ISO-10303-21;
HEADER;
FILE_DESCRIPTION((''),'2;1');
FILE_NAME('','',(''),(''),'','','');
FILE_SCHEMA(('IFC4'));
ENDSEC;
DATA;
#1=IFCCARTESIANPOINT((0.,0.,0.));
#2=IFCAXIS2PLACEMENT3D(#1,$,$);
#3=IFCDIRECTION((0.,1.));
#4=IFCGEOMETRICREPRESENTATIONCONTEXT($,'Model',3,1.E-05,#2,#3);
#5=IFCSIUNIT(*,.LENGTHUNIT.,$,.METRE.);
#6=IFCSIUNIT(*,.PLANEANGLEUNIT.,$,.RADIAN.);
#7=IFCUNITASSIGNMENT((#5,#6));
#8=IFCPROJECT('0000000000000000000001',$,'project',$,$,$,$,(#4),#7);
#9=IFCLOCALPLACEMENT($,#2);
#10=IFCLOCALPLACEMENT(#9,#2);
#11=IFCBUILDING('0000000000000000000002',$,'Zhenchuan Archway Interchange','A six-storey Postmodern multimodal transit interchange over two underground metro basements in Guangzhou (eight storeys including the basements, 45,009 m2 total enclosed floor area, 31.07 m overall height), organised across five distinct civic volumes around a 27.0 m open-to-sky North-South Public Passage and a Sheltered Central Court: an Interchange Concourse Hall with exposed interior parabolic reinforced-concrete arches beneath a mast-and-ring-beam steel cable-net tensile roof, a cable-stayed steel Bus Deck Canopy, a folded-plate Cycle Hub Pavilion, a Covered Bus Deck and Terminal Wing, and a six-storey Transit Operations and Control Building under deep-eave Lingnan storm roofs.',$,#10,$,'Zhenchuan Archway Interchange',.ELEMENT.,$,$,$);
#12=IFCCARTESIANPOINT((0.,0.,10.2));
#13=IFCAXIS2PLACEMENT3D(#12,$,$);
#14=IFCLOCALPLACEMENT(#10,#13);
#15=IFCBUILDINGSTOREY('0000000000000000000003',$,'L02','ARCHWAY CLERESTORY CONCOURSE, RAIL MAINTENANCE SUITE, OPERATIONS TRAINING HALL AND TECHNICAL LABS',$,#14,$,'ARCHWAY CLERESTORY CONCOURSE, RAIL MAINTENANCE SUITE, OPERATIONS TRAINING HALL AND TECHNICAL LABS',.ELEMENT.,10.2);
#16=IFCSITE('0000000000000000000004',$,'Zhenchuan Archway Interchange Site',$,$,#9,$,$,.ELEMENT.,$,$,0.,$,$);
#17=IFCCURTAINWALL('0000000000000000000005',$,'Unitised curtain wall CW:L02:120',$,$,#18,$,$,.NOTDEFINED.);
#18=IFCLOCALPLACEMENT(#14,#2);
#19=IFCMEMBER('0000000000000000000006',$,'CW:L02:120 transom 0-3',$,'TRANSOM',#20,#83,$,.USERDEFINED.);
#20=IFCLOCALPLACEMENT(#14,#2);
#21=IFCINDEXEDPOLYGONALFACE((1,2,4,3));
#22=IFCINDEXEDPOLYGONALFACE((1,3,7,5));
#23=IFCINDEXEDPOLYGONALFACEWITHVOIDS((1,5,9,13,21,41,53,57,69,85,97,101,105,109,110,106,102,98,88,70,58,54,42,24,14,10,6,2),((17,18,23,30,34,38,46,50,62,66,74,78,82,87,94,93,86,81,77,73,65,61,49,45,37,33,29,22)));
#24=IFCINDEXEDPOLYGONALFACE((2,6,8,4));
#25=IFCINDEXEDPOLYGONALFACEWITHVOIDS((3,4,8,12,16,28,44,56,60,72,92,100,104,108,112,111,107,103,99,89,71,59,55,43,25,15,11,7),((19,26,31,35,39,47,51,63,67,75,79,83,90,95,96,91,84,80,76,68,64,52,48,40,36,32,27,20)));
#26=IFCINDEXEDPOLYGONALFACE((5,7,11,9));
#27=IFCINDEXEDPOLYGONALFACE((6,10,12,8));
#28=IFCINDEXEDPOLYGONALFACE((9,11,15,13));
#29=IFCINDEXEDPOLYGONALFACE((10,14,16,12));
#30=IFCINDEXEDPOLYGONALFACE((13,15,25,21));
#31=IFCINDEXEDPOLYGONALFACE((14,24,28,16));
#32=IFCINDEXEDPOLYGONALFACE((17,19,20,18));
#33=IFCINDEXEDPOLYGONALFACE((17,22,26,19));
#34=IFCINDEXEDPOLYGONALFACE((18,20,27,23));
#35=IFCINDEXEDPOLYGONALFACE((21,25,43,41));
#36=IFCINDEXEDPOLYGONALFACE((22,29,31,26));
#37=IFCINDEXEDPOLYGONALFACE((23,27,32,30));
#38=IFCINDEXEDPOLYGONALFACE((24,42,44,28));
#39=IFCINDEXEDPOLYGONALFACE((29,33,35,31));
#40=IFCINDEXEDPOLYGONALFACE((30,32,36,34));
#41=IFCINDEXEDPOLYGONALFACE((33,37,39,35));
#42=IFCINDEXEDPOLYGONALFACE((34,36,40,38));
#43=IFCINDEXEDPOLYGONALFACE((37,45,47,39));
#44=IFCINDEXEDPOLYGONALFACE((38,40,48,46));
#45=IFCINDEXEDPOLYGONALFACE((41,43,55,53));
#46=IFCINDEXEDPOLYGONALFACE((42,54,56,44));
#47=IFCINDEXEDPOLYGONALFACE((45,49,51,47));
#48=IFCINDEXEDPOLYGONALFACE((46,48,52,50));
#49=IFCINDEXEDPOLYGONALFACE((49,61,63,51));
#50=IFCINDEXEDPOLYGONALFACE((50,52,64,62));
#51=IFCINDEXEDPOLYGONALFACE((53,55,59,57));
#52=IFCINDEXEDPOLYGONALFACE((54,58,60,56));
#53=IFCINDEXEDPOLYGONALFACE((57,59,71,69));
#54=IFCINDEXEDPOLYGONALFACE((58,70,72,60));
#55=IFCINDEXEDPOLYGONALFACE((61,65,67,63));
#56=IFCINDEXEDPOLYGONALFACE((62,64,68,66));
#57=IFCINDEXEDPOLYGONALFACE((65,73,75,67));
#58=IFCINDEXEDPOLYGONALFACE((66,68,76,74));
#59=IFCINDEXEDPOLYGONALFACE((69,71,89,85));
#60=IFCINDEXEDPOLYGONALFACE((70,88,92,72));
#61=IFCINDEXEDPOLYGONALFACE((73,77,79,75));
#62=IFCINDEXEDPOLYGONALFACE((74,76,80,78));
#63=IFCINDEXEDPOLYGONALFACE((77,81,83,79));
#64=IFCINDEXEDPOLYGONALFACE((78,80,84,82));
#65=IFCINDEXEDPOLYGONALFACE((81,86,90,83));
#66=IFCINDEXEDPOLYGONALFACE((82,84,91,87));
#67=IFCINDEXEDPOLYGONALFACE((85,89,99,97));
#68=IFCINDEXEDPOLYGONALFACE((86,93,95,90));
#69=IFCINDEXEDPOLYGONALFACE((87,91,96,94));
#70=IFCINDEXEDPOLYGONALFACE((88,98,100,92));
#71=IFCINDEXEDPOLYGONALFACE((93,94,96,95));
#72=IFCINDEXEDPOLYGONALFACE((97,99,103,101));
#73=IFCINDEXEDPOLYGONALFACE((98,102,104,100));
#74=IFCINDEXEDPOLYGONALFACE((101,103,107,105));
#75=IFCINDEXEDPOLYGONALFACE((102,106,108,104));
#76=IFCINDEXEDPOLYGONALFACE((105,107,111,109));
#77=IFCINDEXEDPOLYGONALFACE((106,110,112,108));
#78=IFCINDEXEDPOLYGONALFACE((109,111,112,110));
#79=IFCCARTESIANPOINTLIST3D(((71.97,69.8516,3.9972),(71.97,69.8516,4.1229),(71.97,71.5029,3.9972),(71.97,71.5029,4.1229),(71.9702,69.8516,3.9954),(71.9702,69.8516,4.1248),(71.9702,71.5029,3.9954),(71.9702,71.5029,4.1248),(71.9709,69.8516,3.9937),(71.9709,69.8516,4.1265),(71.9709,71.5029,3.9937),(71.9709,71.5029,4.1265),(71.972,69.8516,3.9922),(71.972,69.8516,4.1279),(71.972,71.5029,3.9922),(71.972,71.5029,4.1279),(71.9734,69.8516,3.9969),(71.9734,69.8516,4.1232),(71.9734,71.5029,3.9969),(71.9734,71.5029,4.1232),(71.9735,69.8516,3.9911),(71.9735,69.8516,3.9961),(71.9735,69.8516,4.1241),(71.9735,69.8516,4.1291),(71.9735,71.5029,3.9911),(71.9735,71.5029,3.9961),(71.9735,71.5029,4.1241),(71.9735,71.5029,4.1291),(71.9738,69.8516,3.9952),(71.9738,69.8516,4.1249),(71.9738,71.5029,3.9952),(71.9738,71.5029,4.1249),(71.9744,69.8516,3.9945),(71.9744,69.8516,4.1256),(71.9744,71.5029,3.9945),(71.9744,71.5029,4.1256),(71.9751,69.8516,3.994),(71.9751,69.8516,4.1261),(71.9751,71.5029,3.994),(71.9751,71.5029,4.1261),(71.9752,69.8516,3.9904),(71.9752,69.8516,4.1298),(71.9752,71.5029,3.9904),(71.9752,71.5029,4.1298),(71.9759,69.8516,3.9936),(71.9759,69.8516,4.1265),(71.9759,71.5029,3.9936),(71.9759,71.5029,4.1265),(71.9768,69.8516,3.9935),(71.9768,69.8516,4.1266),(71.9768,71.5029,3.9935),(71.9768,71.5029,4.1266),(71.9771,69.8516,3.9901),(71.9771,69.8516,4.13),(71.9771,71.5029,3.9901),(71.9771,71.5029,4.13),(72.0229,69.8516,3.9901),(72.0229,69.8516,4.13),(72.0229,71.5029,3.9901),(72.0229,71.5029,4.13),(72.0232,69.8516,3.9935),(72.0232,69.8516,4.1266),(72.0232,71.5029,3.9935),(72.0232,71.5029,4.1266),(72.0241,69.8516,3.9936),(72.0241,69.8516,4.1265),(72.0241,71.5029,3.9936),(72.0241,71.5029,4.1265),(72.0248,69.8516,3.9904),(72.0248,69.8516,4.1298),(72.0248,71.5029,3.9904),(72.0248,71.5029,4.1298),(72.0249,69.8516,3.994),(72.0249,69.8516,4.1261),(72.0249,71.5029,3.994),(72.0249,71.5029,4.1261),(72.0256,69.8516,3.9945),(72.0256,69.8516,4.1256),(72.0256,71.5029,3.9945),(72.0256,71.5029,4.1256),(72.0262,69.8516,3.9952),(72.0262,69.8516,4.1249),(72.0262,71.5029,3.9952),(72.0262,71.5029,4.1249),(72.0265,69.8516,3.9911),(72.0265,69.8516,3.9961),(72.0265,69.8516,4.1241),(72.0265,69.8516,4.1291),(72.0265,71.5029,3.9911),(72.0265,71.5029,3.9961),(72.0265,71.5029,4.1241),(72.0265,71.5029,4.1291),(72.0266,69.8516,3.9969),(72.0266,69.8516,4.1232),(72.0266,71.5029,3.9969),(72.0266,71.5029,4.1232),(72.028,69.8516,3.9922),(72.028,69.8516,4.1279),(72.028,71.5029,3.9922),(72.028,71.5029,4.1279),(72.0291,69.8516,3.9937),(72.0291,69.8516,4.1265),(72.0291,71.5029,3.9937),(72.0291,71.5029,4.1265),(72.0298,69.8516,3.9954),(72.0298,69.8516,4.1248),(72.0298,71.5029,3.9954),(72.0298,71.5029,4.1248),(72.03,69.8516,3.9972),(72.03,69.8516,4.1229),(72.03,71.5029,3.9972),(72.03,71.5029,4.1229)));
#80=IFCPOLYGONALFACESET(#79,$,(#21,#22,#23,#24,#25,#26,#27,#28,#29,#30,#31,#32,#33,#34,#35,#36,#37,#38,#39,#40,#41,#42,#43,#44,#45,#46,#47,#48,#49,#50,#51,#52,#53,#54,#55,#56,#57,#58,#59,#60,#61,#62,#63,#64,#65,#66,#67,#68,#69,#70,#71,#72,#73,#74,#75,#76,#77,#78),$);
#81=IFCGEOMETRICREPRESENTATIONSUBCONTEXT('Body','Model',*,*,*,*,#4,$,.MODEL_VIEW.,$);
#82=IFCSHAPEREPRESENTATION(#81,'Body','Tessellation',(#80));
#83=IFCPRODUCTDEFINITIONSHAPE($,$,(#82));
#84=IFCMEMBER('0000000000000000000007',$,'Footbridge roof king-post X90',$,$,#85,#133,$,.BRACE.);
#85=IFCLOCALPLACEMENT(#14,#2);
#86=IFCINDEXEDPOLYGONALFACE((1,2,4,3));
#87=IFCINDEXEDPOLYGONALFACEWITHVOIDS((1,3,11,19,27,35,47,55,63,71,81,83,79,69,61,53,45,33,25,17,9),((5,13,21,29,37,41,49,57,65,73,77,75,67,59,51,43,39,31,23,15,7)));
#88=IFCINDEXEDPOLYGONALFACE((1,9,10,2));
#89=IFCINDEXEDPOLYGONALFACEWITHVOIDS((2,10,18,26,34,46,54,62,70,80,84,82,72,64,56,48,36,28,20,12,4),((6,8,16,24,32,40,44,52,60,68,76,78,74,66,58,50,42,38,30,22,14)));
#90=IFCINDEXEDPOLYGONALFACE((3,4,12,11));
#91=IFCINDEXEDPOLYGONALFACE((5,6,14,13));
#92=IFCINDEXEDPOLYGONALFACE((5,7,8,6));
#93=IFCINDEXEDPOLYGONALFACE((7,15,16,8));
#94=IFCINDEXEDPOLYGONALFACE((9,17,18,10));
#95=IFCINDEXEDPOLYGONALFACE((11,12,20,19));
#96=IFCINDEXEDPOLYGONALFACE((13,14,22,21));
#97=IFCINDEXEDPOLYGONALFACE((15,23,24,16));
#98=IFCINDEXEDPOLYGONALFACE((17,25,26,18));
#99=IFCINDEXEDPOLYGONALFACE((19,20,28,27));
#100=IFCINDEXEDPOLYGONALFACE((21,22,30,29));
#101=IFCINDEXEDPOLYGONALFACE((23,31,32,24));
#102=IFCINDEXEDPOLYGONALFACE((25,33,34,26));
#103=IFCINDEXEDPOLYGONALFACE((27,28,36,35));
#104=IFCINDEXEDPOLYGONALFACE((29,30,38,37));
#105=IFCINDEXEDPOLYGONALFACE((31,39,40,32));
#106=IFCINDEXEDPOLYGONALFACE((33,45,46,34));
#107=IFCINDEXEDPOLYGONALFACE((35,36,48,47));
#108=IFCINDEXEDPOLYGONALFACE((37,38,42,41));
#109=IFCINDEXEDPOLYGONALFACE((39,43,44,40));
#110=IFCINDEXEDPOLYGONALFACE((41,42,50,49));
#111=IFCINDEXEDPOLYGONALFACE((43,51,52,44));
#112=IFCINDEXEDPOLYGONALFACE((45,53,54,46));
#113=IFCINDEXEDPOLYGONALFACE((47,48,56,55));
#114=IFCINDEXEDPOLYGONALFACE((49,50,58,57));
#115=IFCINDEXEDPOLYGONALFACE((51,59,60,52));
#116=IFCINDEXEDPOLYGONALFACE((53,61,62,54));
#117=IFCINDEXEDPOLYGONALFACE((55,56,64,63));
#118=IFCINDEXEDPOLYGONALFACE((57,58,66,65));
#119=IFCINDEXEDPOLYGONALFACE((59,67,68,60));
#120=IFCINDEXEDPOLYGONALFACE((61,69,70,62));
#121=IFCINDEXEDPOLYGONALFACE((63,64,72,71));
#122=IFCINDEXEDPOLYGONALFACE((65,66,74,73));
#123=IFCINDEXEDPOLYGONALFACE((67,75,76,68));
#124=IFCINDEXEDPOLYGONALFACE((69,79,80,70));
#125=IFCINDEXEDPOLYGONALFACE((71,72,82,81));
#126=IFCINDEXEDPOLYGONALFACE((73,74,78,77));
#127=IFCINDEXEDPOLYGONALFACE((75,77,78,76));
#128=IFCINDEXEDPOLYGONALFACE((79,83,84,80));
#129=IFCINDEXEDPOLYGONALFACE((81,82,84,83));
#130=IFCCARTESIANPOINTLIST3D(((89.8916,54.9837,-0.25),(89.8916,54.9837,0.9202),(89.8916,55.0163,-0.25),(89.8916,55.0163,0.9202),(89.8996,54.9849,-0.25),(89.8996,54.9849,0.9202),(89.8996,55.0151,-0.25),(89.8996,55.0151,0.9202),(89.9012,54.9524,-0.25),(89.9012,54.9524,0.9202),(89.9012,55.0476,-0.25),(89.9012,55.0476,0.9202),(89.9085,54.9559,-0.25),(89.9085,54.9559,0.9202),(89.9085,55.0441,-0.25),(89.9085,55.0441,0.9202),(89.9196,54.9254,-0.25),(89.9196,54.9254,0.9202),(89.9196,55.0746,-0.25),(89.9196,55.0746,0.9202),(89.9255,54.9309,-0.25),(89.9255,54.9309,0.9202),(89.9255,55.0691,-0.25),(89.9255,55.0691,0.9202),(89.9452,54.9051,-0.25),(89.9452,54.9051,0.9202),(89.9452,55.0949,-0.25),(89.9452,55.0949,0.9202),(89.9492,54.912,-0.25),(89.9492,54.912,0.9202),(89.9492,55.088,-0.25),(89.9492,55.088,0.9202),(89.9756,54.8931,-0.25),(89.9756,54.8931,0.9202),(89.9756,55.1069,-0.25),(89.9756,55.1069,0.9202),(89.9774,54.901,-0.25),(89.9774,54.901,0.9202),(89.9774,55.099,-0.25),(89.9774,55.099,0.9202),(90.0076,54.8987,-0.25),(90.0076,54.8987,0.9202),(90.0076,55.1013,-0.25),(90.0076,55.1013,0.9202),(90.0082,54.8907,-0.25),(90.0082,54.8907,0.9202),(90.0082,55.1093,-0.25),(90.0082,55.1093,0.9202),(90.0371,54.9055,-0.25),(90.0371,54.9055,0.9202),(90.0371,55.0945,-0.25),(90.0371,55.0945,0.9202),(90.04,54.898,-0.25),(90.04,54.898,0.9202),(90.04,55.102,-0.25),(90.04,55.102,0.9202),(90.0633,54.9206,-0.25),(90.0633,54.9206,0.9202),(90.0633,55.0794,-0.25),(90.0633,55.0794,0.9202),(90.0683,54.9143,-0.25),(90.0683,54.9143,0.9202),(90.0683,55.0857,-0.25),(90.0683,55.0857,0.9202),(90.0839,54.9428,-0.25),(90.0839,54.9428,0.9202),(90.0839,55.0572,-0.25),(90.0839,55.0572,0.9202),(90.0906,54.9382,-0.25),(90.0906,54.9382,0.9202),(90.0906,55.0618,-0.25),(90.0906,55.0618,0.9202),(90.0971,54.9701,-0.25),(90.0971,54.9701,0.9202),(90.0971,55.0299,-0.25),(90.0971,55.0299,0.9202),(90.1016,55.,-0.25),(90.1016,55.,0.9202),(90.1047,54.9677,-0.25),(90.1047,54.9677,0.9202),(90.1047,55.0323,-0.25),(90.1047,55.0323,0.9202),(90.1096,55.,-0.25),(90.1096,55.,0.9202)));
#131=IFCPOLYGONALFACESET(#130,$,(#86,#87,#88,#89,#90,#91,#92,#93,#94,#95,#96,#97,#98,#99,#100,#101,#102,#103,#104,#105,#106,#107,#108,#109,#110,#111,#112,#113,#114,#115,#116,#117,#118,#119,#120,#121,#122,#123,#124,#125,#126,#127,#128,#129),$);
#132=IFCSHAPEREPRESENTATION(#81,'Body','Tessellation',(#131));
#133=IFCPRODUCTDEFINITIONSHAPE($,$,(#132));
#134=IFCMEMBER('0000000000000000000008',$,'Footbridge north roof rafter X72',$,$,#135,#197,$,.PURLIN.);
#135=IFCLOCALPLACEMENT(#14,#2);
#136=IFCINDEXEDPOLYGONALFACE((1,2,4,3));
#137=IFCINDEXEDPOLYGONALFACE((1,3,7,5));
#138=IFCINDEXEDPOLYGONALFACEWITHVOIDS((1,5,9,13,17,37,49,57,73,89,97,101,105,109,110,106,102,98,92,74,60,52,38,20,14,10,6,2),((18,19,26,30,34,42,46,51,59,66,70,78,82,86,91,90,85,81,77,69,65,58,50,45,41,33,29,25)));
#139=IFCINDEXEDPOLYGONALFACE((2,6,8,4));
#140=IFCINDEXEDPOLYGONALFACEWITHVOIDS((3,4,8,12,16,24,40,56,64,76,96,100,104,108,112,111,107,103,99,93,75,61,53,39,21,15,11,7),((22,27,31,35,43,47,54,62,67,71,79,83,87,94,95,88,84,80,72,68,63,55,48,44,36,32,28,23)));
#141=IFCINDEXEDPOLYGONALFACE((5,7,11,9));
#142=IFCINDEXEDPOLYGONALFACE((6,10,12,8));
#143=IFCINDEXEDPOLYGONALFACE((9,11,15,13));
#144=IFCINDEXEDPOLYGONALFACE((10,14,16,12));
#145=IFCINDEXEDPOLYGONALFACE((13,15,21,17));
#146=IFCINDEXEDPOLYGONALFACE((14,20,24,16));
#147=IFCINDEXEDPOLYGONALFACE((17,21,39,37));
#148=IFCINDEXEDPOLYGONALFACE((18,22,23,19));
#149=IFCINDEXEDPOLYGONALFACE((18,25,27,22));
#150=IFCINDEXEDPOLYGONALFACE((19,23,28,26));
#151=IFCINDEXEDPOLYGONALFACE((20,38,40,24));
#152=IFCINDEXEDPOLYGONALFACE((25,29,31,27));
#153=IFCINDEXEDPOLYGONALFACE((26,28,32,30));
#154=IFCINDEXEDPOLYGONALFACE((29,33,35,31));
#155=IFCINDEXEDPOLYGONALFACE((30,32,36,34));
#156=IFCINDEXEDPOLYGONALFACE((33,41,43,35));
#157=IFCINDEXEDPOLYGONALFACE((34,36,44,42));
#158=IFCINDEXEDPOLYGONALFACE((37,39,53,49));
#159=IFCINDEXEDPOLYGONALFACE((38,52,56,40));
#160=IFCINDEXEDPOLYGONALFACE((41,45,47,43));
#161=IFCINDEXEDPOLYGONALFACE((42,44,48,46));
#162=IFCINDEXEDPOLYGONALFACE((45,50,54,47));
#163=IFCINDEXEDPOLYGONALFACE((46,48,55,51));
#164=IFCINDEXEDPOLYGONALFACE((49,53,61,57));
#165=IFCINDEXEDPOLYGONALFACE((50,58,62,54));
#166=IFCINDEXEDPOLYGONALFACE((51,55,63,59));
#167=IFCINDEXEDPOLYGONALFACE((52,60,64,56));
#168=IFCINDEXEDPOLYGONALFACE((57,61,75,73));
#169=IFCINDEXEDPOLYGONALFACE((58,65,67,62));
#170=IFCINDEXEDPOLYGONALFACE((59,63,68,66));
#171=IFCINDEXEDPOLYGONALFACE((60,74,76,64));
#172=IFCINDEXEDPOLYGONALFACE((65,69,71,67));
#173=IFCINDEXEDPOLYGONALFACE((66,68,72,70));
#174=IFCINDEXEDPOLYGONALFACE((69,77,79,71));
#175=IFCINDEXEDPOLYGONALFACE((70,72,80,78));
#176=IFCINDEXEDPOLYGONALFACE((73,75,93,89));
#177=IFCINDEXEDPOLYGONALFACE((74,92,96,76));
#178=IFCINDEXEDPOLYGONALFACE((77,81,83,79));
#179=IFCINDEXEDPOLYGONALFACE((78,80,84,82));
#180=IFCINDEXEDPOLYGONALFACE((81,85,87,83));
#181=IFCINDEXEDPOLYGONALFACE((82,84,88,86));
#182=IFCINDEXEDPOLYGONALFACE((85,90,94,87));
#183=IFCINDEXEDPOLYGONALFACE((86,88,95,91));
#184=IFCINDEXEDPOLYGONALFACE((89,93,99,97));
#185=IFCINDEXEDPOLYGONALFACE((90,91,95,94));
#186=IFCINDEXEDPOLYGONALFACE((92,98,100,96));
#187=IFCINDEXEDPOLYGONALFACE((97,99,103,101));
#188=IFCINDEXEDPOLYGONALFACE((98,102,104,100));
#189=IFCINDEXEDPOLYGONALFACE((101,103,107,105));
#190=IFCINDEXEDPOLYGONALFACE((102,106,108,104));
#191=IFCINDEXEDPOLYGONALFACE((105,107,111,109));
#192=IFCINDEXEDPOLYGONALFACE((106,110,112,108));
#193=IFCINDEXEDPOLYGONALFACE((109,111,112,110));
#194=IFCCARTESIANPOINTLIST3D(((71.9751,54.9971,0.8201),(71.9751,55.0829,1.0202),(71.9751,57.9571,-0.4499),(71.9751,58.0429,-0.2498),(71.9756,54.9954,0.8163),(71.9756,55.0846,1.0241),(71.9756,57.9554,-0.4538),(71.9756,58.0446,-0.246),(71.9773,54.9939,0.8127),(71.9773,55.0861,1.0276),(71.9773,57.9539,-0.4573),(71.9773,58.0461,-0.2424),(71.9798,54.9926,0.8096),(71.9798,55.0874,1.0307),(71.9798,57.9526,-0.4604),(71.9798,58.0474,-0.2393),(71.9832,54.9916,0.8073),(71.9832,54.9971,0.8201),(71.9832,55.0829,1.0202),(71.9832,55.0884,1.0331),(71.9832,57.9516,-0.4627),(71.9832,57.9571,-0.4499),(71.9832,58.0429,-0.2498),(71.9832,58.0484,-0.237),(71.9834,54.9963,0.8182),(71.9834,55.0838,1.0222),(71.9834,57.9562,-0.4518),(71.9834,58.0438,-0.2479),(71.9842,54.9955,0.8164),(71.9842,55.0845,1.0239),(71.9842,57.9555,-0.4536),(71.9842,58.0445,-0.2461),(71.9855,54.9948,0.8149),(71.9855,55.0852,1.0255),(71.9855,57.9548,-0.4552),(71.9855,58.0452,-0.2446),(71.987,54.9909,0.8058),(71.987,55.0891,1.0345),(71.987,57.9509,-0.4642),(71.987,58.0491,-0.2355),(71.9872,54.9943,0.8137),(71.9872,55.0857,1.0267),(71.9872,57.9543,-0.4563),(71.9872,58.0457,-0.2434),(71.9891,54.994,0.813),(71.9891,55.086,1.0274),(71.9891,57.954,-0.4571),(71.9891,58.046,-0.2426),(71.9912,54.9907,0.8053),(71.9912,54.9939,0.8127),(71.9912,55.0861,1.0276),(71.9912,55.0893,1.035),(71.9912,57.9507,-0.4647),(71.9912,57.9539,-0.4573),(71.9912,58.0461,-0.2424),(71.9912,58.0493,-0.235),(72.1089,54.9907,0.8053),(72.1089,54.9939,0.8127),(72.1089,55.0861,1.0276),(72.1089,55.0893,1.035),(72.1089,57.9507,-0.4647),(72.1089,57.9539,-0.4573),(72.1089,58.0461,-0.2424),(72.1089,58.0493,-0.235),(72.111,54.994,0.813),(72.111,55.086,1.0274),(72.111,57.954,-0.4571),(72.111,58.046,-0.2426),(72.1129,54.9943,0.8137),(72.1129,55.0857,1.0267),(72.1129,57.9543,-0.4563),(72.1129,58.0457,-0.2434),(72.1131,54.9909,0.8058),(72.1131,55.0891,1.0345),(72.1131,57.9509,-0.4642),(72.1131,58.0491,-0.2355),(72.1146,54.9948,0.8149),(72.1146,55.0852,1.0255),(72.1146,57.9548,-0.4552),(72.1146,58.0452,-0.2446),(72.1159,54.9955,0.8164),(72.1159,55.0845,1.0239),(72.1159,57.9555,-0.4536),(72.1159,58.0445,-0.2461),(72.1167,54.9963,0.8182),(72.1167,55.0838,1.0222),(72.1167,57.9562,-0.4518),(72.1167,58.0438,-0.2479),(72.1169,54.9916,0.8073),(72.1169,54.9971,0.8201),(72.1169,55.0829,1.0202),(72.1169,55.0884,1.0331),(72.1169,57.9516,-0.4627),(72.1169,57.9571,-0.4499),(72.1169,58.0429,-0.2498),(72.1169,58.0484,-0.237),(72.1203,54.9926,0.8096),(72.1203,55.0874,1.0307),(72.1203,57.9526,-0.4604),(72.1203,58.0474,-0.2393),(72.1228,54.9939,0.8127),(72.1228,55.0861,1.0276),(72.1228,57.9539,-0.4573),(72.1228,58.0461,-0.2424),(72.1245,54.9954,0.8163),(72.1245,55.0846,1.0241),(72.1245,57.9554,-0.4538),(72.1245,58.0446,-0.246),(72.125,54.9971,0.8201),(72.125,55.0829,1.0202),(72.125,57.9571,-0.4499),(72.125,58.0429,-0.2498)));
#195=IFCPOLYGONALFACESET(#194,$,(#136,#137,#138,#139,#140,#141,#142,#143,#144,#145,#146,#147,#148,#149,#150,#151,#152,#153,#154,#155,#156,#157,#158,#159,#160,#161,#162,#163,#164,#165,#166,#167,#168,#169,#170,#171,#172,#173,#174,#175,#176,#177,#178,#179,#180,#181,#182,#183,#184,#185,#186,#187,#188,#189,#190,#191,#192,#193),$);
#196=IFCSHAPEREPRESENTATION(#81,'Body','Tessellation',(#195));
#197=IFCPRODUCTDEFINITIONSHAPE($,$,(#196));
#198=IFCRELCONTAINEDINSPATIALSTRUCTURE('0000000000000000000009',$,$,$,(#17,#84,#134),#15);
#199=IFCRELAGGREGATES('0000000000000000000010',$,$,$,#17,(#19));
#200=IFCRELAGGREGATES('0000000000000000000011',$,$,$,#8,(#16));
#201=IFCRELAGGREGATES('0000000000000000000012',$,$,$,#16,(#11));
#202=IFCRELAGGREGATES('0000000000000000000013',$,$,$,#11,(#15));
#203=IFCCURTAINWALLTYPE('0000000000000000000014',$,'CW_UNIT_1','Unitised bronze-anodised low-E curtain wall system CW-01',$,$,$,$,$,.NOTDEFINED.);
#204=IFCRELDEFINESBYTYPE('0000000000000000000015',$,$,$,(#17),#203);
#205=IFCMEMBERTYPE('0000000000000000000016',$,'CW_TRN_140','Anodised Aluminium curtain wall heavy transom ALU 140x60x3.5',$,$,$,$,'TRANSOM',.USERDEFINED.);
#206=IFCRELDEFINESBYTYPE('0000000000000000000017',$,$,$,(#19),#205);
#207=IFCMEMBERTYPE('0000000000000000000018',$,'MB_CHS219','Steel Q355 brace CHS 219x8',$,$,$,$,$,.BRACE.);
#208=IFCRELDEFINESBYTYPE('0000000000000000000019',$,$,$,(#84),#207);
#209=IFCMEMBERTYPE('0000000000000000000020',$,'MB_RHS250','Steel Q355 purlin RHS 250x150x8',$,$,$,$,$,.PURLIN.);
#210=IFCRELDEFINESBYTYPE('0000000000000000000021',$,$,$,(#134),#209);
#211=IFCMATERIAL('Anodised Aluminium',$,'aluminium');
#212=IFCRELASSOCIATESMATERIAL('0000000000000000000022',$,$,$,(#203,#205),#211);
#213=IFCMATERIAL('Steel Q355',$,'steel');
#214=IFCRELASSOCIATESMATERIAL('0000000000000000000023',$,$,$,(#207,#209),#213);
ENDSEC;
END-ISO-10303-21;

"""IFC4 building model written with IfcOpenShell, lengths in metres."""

from ifc_helpers import new_model, si_unit, direction, frame, origin, origin_2d, place, context, subcontext, project, spatial, hollow_rectangle, hollow_circle, extrude, material, material_profile, profile_set, type_object, element, aggregate, save


model = new_model("IFC4")

# Units and contexts
model_context = context("Model", 3, precision=1e-05, world=origin(), true_north=direction((0.0, 1.0)))
body_context = subcontext(model_context, "Body", "Model", "MODEL_VIEW")
ifc_project = project(units=[si_unit("LENGTHUNIT", "METRE"), si_unit("PLANEANGLEUNIT", "RADIAN")], contexts=[model_context])

# Site, building, storey
site_placement = place(None, origin())
site = spatial("IfcSite", under=ifc_project, at=site_placement, Name="Zhenchuan Archway Interchange Site", CompositionType="ELEMENT", RefElevation=0.0)
building_placement = place(site_placement, origin())
building = spatial("IfcBuilding", under=site, at=building_placement, Name="Zhenchuan Archway Interchange", Description="A six-storey Postmodern multimodal transit interchange over two underground metro basements in Guangzhou (eight storeys including the basements, 45,009 m2 total enclosed floor area, 31.07 m overall height), organised across five distinct civic volumes around a 27.0 m open-to-sky North-South Public Passage and a Sheltered Central Court: an Interchange Concourse Hall with exposed interior parabolic reinforced-concrete arches beneath a mast-and-ring-beam steel cable-net tensile roof, a cable-stayed steel Bus Deck Canopy, a folded-plate Cycle Hub Pavilion, a Covered Bus Deck and Terminal Wing, and a six-storey Transit Operations and Control Building under deep-eave Lingnan storm roofs.", LongName="Zhenchuan Archway Interchange", CompositionType="ELEMENT")
storey_placement = place(building_placement, frame((0.0, 0.0, 10.2)))
storey = spatial("IfcBuildingStorey", under=building, at=storey_placement, Name="L02", Description="ARCHWAY CLERESTORY CONCOURSE, RAIL MAINTENANCE SUITE, OPERATIONS TRAINING HALL AND TECHNICAL LABS", LongName="ARCHWAY CLERESTORY CONCOURSE, RAIL MAINTENANCE SUITE, OPERATIONS TRAINING HALL AND TECHNICAL LABS", CompositionType="ELEMENT", Elevation=10.2)

# Shared definitions
ifc_material_1 = material(Name="Steel Q355", Category="steel")

# Curtain wall, member
ifc_material_2 = material(Name="Anodised Aluminium", Category="aluminium")
curtain_wall_type = type_object("IfcCurtainWallType", Name="CW_UNIT_1", Description="Unitised bronze-anodised low-E curtain wall system CW-01", PredefinedType="NOTDEFINED", material=ifc_material_2)
curtain_wall_placement = place(storey_placement, origin())
curtain_wall = element("IfcCurtainWall", 1, at=curtain_wall_placement, inside=storey, type_object=curtain_wall_type, Name="Unitised curtain wall CW:L02:120", PredefinedType="NOTDEFINED")
ifc_material_profile_1 = material_profile(ifc_material_2, hollow_rectangle(XDim=0.0601, YDim=0.1399, WallThickness=0.0034, InnerFilletRadius=0.0034, OuterFilletRadius=0.0071, at=origin_2d()), Name="ALU 140x60x3.5")
ifc_profile_set_1 = profile_set([ifc_material_profile_1], Name="Anodised Aluminium")
member_type_1 = type_object("IfcMemberType", Name="CW_TRN_140", Description="Anodised Aluminium curtain wall heavy transom ALU 140x60x3.5", ElementType="TRANSOM", PredefinedType="USERDEFINED", material=ifc_profile_set_1)
member_1_placement = place(storey_placement, frame((72.0, 71.5029, 4.0601), z_axis=(0.0, -1.0, 0.0), x_axis=(1.0, 0.0, 0.0)))
member_1 = element("IfcMember", 2, at=member_1_placement, type_object=member_type_1, Name="CW:L02:120 transom 0-3", ObjectType="TRANSOM", PredefinedType="USERDEFINED", context=body_context, shape_type="SweptSolid", body=[
    extrude(hollow_rectangle(XDim=0.0601, YDim=0.1399, WallThickness=0.0034, InnerFilletRadius=0.0034, OuterFilletRadius=0.0071, at=origin_2d()), origin(), (0.0, 0.0, 1.0), 1.6514),
])
aggregate(curtain_wall, [member_1])

# Members
ifc_material_profile_2 = material_profile(ifc_material_1, hollow_circle(Radius=0.1096, WallThickness=0.0081, at=origin_2d()), Name="CHS 219x8")
ifc_profile_set_2 = profile_set([ifc_material_profile_2], Name="Steel Q355")
member_type_2 = type_object("IfcMemberType", Name="MB_CHS219", Description="Steel Q355 brace CHS 219x8", PredefinedType="BRACE", material=ifc_profile_set_2)
member_2_placement = place(storey_placement, frame((90.0, 55.0, -0.25), z_axis=(0.0, 0.0, 1.0), x_axis=(1.0, 0.0, 0.0)))
element("IfcMember", 3, at=member_2_placement, inside=storey, type_object=member_type_2, Name="Footbridge roof king-post X90", PredefinedType="BRACE", context=body_context, shape_type="SweptSolid", body=[
    extrude(hollow_circle(Radius=0.1096, WallThickness=0.0081, at=origin_2d()), origin(), (0.0, 0.0, 1.0), 1.1702),
])
ifc_material_profile_3 = material_profile(ifc_material_1, hollow_rectangle(XDim=0.1499, YDim=0.25, WallThickness=0.0081, InnerFilletRadius=0.0081, OuterFilletRadius=0.0161, at=origin_2d()), Name="RHS 250x150x8")
ifc_profile_set_3 = profile_set([ifc_material_profile_3], Name="Steel Q355")
member_type_3 = type_object("IfcMemberType", Name="MB_RHS250", Description="Steel Q355 purlin RHS 250x150x8", PredefinedType="PURLIN", material=ifc_profile_set_3)
member_3_placement = place(storey_placement, frame((72.05, 58.0, -0.3499), z_axis=(0.0, -0.91898, 0.394303), x_axis=(1.0, 0.0, 0.0)))
element("IfcMember", 4, at=member_3_placement, inside=storey, type_object=member_type_3, Name="Footbridge north roof rafter X72", PredefinedType="PURLIN", context=body_context, shape_type="SweptSolid", body=[
    extrude(hollow_rectangle(XDim=0.1499, YDim=0.25, WallThickness=0.0081, InnerFilletRadius=0.0081, OuterFilletRadius=0.0161, at=origin_2d()), origin(), (0.0, 0.0, 1.0), 3.2209),
])

save(model, "model.ifc")
